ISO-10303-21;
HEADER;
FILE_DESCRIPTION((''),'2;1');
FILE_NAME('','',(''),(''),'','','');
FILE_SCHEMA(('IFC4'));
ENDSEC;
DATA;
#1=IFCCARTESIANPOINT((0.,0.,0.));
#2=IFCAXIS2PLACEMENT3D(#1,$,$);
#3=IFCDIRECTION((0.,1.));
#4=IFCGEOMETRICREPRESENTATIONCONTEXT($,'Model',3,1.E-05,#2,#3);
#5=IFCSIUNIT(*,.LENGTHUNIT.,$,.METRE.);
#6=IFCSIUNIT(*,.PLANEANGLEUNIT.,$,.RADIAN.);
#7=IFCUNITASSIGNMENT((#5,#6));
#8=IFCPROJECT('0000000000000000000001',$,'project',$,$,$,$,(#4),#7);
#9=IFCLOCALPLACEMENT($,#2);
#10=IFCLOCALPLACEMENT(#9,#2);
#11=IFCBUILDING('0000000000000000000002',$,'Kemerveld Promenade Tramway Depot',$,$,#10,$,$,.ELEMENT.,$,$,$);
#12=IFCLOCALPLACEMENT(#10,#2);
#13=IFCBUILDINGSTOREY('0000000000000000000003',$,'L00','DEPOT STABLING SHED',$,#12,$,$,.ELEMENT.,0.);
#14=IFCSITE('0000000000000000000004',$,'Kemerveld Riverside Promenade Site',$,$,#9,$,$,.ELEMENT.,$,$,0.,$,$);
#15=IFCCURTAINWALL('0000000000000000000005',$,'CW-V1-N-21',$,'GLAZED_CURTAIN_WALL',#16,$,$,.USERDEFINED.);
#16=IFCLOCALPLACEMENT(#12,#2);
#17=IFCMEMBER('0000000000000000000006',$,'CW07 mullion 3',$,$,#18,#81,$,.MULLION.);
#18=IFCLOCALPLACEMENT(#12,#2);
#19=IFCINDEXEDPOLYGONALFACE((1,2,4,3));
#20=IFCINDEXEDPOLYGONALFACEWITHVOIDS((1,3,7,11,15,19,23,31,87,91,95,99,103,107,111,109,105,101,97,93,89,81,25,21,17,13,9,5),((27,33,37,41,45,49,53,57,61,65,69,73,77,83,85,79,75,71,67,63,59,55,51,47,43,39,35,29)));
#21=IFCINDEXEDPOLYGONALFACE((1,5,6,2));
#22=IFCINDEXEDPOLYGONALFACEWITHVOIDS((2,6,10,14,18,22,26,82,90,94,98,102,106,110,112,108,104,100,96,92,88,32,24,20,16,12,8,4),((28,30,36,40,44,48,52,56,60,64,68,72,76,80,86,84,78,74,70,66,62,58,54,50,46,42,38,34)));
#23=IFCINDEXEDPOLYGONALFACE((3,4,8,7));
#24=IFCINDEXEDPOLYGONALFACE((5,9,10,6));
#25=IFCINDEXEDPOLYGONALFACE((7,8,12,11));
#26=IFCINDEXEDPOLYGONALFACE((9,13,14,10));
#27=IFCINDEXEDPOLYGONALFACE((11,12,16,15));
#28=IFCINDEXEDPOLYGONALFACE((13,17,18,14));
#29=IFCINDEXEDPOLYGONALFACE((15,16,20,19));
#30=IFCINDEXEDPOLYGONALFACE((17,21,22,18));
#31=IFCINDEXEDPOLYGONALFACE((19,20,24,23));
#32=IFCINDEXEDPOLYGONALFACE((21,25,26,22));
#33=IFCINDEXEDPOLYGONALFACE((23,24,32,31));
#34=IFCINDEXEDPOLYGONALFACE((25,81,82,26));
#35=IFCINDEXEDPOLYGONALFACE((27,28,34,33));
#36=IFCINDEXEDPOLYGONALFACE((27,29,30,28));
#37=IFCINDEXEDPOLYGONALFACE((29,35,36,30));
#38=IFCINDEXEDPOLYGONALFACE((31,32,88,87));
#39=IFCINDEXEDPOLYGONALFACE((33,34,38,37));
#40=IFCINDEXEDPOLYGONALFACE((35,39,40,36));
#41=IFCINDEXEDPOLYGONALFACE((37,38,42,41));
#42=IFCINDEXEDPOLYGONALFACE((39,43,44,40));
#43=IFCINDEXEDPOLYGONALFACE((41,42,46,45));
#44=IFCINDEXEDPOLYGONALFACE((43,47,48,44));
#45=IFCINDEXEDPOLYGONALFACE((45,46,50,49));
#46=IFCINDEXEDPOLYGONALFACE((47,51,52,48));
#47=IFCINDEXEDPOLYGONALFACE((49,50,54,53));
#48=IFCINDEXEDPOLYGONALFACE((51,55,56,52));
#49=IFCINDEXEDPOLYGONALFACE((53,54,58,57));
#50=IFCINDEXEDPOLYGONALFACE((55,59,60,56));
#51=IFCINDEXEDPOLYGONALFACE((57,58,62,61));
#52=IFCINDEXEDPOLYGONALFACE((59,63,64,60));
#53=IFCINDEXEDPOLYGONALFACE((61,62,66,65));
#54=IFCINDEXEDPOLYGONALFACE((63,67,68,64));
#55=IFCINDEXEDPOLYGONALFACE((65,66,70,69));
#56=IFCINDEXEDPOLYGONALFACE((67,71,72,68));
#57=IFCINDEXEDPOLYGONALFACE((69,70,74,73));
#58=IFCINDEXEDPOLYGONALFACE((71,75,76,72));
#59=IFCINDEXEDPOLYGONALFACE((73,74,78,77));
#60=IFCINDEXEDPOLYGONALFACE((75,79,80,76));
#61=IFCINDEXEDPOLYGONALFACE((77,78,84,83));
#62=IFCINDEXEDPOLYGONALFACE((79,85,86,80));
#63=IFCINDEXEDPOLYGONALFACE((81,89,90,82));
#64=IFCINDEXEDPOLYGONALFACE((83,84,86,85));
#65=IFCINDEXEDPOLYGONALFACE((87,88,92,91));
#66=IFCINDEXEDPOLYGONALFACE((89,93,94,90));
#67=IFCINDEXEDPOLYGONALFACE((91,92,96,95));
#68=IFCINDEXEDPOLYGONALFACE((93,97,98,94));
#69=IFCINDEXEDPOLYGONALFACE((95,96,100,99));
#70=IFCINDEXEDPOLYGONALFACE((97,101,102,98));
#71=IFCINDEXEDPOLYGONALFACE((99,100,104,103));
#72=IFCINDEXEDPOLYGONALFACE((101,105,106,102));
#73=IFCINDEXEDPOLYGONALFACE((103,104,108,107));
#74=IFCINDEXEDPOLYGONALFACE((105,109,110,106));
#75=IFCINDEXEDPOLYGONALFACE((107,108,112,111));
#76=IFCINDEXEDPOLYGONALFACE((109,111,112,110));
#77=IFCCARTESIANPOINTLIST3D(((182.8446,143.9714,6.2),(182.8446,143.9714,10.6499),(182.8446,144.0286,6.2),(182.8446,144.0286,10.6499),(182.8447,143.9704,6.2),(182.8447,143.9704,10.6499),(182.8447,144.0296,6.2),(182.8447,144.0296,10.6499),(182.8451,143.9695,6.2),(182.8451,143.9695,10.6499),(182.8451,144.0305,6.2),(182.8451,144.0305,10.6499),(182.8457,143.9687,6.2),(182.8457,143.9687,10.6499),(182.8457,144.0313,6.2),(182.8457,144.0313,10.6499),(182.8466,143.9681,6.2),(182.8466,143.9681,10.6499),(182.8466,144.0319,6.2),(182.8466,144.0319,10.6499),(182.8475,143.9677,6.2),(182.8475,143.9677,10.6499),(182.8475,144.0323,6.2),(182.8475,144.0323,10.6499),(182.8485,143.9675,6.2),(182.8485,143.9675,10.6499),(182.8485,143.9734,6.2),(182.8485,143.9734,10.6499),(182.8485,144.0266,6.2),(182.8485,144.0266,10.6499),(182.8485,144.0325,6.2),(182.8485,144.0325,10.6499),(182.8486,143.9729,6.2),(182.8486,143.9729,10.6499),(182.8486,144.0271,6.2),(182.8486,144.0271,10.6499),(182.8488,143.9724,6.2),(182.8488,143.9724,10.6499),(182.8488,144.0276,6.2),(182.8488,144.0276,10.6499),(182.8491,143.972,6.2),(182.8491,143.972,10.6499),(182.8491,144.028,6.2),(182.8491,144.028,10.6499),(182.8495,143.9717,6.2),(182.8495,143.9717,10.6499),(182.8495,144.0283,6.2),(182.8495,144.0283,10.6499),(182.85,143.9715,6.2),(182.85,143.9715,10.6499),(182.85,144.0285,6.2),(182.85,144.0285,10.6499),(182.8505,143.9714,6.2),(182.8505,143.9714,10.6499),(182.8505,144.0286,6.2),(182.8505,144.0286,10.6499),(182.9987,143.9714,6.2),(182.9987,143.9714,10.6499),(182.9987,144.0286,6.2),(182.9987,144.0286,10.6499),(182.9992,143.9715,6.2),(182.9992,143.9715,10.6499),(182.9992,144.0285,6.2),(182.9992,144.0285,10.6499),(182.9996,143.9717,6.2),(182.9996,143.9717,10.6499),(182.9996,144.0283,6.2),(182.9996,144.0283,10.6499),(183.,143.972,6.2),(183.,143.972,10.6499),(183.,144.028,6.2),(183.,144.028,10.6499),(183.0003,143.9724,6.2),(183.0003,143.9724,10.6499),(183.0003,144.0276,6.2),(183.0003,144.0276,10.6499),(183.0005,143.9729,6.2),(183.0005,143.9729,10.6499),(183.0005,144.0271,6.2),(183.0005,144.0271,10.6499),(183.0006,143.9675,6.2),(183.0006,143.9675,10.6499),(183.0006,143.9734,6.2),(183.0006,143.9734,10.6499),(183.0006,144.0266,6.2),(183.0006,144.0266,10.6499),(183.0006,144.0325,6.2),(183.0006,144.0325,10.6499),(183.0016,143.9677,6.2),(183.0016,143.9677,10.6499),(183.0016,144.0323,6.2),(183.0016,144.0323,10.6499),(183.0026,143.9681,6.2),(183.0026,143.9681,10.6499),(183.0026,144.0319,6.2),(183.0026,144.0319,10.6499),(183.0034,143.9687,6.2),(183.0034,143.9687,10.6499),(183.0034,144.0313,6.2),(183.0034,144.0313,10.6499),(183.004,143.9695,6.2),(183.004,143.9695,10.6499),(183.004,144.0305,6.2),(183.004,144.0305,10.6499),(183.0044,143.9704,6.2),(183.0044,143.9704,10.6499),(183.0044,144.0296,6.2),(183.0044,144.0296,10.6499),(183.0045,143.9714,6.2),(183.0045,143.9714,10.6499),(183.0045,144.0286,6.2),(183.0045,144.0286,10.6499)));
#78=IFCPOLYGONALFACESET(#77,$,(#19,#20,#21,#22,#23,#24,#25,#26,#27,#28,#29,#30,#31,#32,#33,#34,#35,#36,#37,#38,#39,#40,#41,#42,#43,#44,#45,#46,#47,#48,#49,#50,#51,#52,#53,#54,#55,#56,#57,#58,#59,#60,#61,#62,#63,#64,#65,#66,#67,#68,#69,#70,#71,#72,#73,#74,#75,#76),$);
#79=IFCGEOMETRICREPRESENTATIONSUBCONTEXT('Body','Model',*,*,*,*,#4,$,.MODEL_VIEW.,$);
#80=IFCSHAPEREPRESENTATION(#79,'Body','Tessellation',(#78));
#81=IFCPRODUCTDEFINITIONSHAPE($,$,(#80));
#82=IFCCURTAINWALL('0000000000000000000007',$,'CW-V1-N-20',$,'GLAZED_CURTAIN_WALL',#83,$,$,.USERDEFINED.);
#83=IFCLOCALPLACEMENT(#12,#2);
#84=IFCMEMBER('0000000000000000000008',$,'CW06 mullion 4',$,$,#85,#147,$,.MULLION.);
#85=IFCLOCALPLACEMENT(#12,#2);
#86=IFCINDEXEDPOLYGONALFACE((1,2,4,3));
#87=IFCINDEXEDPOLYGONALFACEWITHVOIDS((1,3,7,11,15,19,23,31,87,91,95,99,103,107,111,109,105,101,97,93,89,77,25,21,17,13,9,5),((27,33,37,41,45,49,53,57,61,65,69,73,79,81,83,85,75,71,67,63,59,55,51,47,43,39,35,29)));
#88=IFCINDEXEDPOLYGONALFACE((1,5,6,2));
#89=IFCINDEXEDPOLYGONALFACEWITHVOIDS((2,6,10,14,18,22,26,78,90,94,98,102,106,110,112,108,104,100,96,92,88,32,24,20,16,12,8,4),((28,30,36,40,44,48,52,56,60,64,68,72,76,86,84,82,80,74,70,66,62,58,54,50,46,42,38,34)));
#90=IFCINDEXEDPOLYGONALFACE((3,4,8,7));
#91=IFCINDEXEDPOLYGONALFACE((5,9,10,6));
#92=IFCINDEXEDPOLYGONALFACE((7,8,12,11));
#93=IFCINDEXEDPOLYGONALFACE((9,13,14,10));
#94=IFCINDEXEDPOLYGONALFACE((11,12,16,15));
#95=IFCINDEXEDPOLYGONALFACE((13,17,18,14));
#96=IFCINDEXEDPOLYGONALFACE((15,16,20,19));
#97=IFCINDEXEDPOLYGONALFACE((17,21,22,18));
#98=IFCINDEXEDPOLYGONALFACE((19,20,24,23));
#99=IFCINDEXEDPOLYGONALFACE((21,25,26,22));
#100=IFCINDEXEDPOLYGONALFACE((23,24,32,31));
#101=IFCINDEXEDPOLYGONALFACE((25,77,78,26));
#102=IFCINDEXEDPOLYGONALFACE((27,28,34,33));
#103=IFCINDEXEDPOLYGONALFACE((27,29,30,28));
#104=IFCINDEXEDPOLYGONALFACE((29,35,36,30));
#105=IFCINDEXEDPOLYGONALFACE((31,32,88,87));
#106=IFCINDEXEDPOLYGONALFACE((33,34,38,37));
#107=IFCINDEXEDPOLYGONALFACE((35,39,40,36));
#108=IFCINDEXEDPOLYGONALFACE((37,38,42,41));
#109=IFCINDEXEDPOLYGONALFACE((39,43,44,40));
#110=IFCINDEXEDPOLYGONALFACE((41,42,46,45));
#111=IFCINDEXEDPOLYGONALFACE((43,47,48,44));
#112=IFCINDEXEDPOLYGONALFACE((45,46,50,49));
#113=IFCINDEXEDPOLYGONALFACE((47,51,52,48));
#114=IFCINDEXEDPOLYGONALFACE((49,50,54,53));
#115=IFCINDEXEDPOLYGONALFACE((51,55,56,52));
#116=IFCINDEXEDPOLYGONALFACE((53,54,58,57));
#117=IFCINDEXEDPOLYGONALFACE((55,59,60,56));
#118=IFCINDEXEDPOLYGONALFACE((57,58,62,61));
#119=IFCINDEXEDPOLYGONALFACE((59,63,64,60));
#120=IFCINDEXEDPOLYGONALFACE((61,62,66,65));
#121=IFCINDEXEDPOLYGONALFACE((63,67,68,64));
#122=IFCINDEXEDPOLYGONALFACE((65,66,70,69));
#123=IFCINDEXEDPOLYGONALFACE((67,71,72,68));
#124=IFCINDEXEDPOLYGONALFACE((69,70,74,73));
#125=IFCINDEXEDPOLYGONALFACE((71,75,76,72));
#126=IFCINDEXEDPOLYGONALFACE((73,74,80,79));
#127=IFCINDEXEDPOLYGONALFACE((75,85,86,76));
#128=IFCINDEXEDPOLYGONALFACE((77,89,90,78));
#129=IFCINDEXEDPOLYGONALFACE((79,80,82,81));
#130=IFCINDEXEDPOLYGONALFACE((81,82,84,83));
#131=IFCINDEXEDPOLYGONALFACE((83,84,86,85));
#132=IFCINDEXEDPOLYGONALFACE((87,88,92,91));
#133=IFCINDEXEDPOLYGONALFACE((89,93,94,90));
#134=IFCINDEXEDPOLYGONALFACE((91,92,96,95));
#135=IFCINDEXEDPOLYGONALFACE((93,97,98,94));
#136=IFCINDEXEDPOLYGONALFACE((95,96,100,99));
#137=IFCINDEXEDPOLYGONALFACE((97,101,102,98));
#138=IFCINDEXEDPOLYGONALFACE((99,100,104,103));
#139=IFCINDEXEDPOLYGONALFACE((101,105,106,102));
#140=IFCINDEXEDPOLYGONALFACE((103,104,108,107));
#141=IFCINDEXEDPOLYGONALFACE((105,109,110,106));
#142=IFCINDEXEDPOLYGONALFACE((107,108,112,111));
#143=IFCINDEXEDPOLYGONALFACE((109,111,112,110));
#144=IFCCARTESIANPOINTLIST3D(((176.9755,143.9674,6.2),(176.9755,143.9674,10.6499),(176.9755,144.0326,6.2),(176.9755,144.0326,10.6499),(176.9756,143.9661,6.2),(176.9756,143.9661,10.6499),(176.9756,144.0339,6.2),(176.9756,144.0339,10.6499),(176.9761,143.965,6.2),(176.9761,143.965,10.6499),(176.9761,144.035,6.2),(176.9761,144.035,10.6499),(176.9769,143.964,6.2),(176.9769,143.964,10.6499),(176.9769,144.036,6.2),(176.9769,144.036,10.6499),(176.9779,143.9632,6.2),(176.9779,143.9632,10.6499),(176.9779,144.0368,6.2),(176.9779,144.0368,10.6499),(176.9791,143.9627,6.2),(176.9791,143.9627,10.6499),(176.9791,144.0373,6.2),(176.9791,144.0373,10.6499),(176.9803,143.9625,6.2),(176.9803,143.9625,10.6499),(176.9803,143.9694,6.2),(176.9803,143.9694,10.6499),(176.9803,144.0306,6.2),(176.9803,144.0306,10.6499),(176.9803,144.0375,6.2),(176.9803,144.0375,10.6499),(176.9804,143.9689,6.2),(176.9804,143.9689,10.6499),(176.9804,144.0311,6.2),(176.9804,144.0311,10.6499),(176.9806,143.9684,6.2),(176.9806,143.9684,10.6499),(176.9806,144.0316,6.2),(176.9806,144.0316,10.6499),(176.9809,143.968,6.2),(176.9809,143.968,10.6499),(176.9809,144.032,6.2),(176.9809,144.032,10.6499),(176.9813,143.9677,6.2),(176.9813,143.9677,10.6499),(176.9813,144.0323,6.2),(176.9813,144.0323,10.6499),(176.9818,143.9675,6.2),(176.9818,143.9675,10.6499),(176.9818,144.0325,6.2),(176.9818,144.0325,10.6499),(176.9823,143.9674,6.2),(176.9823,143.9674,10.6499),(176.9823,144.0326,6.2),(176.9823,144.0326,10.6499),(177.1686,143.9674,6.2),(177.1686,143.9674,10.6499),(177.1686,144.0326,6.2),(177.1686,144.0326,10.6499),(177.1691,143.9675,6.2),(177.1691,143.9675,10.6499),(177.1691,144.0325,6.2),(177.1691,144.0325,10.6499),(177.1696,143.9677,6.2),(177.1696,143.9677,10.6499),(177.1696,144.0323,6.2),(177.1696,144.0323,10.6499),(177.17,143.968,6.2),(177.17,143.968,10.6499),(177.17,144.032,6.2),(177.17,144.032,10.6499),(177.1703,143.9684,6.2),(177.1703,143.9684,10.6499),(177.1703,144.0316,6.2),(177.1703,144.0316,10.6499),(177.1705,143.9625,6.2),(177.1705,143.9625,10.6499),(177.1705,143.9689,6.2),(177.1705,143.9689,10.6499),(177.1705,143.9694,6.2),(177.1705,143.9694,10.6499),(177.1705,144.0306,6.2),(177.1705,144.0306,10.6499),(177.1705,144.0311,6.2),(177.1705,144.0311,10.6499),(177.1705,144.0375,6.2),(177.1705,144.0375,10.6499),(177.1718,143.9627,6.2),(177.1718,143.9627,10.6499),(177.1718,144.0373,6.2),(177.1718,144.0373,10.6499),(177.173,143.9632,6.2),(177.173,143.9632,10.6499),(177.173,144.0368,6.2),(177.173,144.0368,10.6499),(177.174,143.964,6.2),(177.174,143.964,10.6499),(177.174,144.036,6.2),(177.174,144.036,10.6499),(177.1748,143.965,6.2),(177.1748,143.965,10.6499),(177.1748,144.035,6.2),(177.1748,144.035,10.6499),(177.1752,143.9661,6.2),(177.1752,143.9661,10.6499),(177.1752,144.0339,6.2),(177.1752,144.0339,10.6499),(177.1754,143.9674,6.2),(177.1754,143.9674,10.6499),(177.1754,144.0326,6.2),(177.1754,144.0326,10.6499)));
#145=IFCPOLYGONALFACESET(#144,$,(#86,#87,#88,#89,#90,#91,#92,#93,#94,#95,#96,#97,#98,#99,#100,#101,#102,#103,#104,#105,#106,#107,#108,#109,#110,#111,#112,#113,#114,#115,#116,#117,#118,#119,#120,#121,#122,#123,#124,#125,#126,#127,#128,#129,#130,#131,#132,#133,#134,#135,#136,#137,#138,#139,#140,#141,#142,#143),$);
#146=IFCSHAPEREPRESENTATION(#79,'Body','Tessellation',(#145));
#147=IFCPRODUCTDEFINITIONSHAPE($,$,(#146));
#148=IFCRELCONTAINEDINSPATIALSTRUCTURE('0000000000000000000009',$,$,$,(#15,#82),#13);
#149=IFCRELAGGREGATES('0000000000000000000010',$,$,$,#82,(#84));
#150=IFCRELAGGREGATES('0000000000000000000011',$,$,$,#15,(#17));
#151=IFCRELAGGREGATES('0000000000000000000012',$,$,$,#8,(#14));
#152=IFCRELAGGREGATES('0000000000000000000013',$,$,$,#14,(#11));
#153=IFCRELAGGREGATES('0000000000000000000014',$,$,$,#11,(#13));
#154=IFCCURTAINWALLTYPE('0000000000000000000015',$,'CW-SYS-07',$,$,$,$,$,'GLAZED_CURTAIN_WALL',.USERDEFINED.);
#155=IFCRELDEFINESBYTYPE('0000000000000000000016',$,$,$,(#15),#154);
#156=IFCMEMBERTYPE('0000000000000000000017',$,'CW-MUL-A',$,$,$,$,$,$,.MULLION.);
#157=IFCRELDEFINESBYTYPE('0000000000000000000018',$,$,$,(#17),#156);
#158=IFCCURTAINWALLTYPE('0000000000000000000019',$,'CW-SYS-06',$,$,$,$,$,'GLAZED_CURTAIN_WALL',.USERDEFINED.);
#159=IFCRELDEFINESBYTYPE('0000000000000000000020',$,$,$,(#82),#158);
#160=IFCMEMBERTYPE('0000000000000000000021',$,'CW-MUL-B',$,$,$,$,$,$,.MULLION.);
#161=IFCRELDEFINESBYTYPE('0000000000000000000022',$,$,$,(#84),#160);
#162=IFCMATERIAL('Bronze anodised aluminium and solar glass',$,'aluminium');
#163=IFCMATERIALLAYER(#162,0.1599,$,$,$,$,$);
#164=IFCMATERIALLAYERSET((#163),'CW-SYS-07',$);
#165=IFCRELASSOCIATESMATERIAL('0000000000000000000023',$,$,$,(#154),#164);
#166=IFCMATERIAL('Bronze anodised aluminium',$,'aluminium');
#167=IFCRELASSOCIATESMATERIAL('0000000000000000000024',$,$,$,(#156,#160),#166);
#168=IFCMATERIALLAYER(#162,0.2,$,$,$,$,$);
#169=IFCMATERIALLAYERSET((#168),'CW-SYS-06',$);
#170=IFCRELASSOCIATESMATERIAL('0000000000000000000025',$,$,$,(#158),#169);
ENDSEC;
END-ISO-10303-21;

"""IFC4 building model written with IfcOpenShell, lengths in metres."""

from ifc_helpers import new_model, si_unit, direction, frame, origin, origin_2d, place, context, subcontext, project, spatial, hollow_rectangle, extrude, material, layer, layer_set, material_profile, profile_set, type_object, element, aggregate, save


model = new_model("IFC4")

# Units and contexts
model_context = context("Model", 3, precision=1e-05, world=origin(), true_north=direction((0.0, 1.0)))
body_context = subcontext(model_context, "Body", "Model", "MODEL_VIEW")
ifc_project = project(units=[si_unit("LENGTHUNIT", "METRE"), si_unit("PLANEANGLEUNIT", "RADIAN")], contexts=[model_context])

# Site, building, storey
site_placement = place(None, origin())
site = spatial("IfcSite", under=ifc_project, at=site_placement, Name="Kemerveld Riverside Promenade Site", CompositionType="ELEMENT", RefElevation=0.0)
building_placement = place(site_placement, origin())
building = spatial("IfcBuilding", under=site, at=building_placement, Name="Kemerveld Promenade Tramway Depot", CompositionType="ELEMENT")
storey_placement = place(building_placement, origin())
storey = spatial("IfcBuildingStorey", under=building, at=storey_placement, Name="L00", Description="DEPOT STABLING SHED", CompositionType="ELEMENT", Elevation=0.0)

# Curtain walls, members
ifc_material_1 = material(Name="Bronze anodised aluminium and solar glass", Category="aluminium")
ifc_layer_1 = layer(ifc_material_1, 0.1599)
ifc_layer_set_1 = layer_set([ifc_layer_1], Name="CW-SYS-07")
curtain_wall_type_1 = type_object("IfcCurtainWallType", Name="CW-SYS-07", ElementType="GLAZED_CURTAIN_WALL", PredefinedType="USERDEFINED", material=ifc_layer_set_1)
curtain_wall_1_placement = place(storey_placement, origin())
curtain_wall_1 = element("IfcCurtainWall", 1, at=curtain_wall_1_placement, inside=storey, type_object=curtain_wall_type_1, Name="CW-V1-N-21", ObjectType="GLAZED_CURTAIN_WALL", PredefinedType="USERDEFINED")
ifc_material_2 = material(Name="Bronze anodised aluminium", Category="aluminium")
ifc_material_profile_1 = material_profile(ifc_material_2, hollow_rectangle(XDim=0.0649, YDim=0.1599, WallThickness=0.0039, InnerFilletRadius=0.002, OuterFilletRadius=0.0039, at=origin_2d()), Name="CW-MUL-160x65")
ifc_profile_set_1 = profile_set([ifc_material_profile_1], Name="Bronze anodised aluminium")
member_type_1 = type_object("IfcMemberType", Name="CW-MUL-A", PredefinedType="MULLION", material=ifc_profile_set_1)
member_1_placement = place(storey_placement, frame((182.9246, 144.0, 6.2), z_axis=(0.0, 0.0, 1.0), x_axis=(0.0, 1.0, 0.0)))
member_1 = element("IfcMember", 2, at=member_1_placement, type_object=member_type_1, Name="CW07 mullion 3", PredefinedType="MULLION", context=body_context, shape_type="SweptSolid", body=[
    extrude(hollow_rectangle(XDim=0.0649, YDim=0.1599, WallThickness=0.0039, InnerFilletRadius=0.002, OuterFilletRadius=0.0039, at=origin_2d()), origin(), (0.0, 0.0, 1.0), 4.45),
])
ifc_layer_2 = layer(ifc_material_1, 0.2)
ifc_layer_set_2 = layer_set([ifc_layer_2], Name="CW-SYS-06")
curtain_wall_type_2 = type_object("IfcCurtainWallType", Name="CW-SYS-06", ElementType="GLAZED_CURTAIN_WALL", PredefinedType="USERDEFINED", material=ifc_layer_set_2)
curtain_wall_2_placement = place(storey_placement, origin())
curtain_wall_2 = element("IfcCurtainWall", 3, at=curtain_wall_2_placement, inside=storey, type_object=curtain_wall_type_2, Name="CW-V1-N-20", ObjectType="GLAZED_CURTAIN_WALL", PredefinedType="USERDEFINED")
ifc_material_profile_2 = material_profile(ifc_material_2, hollow_rectangle(XDim=0.075, YDim=0.2, WallThickness=0.0049, InnerFilletRadius=0.002, OuterFilletRadius=0.0049, at=origin_2d()), Name="CW-MUL-200x75")
ifc_profile_set_2 = profile_set([ifc_material_profile_2], Name="Bronze anodised aluminium")
member_type_2 = type_object("IfcMemberType", Name="CW-MUL-B", PredefinedType="MULLION", material=ifc_profile_set_2)
member_2_placement = place(storey_placement, frame((177.0754, 144.0, 6.2), z_axis=(0.0, 0.0, 1.0), x_axis=(0.0, 1.0, 0.0)))
member_2 = element("IfcMember", 4, at=member_2_placement, type_object=member_type_2, Name="CW06 mullion 4", PredefinedType="MULLION", context=body_context, shape_type="SweptSolid", body=[
    extrude(hollow_rectangle(XDim=0.075, YDim=0.2, WallThickness=0.0049, InnerFilletRadius=0.002, OuterFilletRadius=0.0049, at=origin_2d()), origin(), (0.0, 0.0, 1.0), 4.45),
])

aggregate(curtain_wall_2, [member_2])
aggregate(curtain_wall_1, [member_1])

save(model, "model.ifc")
